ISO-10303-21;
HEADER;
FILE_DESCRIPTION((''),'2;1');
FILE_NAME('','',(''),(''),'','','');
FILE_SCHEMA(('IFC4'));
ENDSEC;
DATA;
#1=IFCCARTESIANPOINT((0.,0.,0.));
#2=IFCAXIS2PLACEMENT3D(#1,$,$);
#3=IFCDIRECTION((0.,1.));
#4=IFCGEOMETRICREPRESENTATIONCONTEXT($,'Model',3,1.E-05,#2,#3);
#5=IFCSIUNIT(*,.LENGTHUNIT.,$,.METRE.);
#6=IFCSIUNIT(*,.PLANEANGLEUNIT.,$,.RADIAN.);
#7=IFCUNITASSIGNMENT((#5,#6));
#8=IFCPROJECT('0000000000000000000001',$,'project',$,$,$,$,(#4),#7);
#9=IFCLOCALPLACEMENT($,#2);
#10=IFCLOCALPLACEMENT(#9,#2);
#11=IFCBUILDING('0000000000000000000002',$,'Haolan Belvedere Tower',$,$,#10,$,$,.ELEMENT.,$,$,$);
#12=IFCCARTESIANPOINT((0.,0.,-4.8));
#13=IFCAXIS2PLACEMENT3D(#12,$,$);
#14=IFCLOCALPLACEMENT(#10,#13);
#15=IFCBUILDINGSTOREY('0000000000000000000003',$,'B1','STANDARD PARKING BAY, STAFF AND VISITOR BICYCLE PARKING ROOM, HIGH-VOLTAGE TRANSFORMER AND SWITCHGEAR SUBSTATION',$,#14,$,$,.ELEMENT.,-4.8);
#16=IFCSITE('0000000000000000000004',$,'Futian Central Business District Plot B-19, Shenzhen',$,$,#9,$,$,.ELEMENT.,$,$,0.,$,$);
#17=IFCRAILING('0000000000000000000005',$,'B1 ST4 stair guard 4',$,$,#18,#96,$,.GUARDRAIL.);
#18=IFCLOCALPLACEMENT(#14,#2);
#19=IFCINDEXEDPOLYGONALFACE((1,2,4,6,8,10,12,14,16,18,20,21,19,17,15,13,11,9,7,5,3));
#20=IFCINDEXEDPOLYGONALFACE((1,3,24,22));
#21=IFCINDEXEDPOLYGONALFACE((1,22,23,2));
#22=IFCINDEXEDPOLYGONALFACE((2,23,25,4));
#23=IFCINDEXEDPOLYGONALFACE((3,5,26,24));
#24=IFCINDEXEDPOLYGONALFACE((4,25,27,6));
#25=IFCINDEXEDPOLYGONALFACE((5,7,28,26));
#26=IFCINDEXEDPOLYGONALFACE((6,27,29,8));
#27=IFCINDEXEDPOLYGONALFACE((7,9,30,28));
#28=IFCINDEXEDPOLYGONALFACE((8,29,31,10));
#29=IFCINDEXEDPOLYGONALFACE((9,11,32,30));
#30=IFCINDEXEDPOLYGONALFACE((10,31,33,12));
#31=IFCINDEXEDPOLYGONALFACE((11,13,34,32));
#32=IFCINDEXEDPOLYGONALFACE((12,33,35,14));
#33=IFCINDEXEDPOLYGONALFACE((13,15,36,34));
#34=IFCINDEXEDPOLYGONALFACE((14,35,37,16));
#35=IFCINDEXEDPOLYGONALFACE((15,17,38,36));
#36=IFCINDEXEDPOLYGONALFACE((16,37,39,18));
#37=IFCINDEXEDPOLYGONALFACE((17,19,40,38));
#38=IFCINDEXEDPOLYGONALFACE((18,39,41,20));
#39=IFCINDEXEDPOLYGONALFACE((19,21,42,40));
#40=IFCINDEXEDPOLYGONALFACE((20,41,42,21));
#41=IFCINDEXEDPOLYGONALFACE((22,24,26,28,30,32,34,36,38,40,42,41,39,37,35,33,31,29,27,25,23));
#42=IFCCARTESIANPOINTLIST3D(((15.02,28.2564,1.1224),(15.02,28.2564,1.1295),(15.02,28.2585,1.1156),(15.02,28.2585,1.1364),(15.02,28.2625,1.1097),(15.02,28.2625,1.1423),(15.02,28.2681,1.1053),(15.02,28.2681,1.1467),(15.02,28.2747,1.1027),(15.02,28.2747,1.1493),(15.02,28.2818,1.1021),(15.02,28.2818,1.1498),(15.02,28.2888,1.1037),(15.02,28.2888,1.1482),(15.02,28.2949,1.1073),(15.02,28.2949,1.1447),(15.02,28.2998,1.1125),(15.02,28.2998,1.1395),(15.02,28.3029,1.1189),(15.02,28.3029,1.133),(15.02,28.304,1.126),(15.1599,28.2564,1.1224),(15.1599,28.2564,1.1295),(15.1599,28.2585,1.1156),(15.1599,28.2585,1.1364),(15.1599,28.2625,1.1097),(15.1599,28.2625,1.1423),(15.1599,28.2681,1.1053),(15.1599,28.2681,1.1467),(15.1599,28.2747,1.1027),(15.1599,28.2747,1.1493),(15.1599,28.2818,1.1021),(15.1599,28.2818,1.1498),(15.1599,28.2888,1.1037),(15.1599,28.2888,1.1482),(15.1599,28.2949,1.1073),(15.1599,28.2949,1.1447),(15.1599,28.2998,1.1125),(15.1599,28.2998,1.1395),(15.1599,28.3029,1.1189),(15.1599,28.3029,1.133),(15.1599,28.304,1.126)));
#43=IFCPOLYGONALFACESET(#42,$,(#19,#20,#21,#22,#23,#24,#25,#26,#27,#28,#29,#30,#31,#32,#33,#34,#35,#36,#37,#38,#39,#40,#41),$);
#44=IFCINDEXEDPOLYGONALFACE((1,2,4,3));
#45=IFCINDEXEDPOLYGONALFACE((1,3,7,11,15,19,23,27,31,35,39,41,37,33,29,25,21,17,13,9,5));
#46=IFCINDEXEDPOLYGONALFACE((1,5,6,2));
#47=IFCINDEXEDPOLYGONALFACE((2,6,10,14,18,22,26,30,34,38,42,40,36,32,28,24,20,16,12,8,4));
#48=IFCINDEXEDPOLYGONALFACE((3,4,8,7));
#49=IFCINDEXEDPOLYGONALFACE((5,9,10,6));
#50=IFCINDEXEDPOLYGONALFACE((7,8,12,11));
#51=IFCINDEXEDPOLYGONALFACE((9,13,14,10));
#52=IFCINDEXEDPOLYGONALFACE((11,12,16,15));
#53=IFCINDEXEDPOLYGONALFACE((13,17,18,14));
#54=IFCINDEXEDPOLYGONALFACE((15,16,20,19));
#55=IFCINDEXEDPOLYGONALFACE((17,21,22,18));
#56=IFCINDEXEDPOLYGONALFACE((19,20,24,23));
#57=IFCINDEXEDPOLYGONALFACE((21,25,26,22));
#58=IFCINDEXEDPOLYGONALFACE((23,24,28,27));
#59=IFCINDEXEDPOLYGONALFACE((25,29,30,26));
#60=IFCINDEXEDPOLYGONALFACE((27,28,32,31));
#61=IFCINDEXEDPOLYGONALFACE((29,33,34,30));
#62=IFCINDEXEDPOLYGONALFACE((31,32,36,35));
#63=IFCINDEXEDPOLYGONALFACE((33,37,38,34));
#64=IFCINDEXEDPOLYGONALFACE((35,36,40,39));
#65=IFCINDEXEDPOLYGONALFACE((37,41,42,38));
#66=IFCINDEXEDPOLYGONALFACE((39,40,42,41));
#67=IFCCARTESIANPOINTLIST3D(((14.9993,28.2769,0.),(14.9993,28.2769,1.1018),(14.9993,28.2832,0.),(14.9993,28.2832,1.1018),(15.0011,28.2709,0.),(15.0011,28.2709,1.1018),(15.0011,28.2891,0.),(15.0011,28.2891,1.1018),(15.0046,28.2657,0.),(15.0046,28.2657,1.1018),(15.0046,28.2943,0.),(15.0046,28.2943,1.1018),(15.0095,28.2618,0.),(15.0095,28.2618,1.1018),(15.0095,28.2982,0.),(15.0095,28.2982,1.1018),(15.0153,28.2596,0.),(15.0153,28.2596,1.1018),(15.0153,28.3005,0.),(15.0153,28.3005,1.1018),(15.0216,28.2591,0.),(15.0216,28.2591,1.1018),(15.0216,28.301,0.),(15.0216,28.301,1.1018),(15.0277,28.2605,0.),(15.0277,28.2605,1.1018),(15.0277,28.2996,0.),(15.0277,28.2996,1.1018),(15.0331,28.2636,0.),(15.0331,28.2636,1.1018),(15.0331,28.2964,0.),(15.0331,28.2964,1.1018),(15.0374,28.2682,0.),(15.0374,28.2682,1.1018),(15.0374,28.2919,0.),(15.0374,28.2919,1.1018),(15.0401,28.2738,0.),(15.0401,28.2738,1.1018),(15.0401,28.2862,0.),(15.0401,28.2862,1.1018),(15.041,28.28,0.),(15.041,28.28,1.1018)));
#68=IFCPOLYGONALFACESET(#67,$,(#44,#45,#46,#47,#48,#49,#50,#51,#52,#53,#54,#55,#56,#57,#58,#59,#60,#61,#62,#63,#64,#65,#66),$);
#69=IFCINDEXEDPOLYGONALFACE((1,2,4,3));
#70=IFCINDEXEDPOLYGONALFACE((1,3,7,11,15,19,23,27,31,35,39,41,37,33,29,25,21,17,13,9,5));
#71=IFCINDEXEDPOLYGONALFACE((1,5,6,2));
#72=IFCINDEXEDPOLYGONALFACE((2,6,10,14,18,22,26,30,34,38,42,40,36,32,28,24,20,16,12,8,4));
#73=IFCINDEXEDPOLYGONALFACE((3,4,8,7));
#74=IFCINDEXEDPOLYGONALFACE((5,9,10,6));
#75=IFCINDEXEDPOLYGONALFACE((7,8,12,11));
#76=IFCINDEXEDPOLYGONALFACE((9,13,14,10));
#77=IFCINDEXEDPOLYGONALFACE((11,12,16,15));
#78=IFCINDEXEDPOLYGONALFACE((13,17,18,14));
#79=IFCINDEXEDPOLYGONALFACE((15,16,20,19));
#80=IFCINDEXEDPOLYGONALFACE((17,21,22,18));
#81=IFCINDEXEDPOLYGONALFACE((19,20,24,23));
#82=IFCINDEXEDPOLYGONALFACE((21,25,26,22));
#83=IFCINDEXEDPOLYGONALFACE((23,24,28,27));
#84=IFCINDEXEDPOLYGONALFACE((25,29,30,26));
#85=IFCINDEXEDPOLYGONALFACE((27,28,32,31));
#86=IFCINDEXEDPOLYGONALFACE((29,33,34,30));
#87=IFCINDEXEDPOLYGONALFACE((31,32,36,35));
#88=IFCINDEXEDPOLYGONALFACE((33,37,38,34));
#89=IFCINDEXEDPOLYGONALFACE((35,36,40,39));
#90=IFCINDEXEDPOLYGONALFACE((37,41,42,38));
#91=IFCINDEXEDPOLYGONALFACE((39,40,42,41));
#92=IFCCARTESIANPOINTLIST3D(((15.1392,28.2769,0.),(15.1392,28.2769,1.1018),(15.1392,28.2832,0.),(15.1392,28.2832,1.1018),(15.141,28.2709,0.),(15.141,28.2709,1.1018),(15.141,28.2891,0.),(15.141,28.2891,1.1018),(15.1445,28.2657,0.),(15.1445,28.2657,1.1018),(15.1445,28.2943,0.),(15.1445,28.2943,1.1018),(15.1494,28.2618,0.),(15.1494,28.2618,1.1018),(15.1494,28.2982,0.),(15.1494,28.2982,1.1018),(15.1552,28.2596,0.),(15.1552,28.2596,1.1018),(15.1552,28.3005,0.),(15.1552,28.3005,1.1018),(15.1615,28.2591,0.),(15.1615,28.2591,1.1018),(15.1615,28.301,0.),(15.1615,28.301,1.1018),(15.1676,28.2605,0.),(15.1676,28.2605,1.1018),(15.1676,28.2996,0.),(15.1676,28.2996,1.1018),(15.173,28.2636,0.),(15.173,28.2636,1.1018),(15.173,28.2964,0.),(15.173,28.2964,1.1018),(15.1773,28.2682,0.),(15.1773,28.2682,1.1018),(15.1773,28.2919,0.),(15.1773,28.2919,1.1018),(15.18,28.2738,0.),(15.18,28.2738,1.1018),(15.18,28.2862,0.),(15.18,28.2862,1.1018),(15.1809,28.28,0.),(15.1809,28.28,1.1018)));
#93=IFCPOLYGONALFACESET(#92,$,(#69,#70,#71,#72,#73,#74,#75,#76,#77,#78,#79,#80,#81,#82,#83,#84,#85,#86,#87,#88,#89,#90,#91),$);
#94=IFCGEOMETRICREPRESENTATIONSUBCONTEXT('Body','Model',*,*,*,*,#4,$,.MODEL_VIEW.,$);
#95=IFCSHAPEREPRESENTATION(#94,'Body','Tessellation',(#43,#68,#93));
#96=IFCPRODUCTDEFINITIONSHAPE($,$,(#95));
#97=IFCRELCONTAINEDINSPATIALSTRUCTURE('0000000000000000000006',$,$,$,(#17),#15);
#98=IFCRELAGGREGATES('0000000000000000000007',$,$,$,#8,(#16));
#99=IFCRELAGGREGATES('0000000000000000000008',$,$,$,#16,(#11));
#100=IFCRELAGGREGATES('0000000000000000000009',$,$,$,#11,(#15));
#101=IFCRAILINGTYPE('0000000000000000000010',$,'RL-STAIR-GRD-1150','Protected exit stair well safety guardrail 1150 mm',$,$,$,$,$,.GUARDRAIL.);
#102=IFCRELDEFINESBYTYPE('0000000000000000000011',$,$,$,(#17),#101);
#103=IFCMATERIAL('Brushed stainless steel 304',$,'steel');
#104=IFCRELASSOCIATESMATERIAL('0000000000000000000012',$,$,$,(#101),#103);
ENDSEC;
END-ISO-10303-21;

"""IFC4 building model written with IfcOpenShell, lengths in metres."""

from ifc_helpers import new_model, si_unit, direction, frame, origin, origin_2d, place, context, subcontext, project, spatial, circle, extrude, material, type_object, element, save


model = new_model("IFC4")

# Units and contexts
model_context = context("Model", 3, precision=1e-05, world=origin(), true_north=direction((0.0, 1.0)))
body_context = subcontext(model_context, "Body", "Model", "MODEL_VIEW")
ifc_project = project(units=[si_unit("LENGTHUNIT", "METRE"), si_unit("PLANEANGLEUNIT", "RADIAN")], contexts=[model_context])

# Site, building, storey
site_placement = place(None, origin())
site = spatial("IfcSite", under=ifc_project, at=site_placement, Name="Futian Central Business District Plot B-19, Shenzhen", CompositionType="ELEMENT", RefElevation=0.0)
building_placement = place(site_placement, origin())
building = spatial("IfcBuilding", under=site, at=building_placement, Name="Haolan Belvedere Tower", CompositionType="ELEMENT")
storey_placement = place(building_placement, frame((0.0, 0.0, -4.8)))
storey = spatial("IfcBuildingStorey", under=building, at=storey_placement, Name="B1", Description="STANDARD PARKING BAY, STAFF AND VISITOR BICYCLE PARKING ROOM, HIGH-VOLTAGE TRANSFORMER AND SWITCHGEAR SUBSTATION", CompositionType="ELEMENT", Elevation=-4.8)

# Railing
ifc_material_1 = material(Name="Brushed stainless steel 304", Category="steel")
railing_type_1 = type_object("IfcRailingType", Name="RL-STAIR-GRD-1150", Description="Protected exit stair well safety guardrail 1150 mm", PredefinedType="GUARDRAIL", material=ifc_material_1)
railing_1_placement = place(storey_placement, frame((15.02, 28.28, 0.0)))
element("IfcRailing", 1, at=railing_1_placement, inside=storey, type_object=railing_type_1, Name="B1 ST4 stair guard 4", PredefinedType="GUARDRAIL", context=body_context, shape_type="SweptSolid", body=[
    extrude(circle(Radius=0.0239, at=origin_2d()), frame((0.0, 0.0, 1.126), z_axis=(1.0, 0.0, 0.0), x_axis=(0.0, 1.0, 0.0)), (0.0, 0.0, 1.0), 0.1399),
    extrude(circle(Radius=0.021, at=origin_2d()), origin(), (0.0, 0.0, 1.0), 1.1018),
    extrude(circle(Radius=0.021, at=origin_2d()), frame((0.1399, 0.0, 0.0)), (0.0, 0.0, 1.0), 1.1018),
])

save(model, "model.ifc")
